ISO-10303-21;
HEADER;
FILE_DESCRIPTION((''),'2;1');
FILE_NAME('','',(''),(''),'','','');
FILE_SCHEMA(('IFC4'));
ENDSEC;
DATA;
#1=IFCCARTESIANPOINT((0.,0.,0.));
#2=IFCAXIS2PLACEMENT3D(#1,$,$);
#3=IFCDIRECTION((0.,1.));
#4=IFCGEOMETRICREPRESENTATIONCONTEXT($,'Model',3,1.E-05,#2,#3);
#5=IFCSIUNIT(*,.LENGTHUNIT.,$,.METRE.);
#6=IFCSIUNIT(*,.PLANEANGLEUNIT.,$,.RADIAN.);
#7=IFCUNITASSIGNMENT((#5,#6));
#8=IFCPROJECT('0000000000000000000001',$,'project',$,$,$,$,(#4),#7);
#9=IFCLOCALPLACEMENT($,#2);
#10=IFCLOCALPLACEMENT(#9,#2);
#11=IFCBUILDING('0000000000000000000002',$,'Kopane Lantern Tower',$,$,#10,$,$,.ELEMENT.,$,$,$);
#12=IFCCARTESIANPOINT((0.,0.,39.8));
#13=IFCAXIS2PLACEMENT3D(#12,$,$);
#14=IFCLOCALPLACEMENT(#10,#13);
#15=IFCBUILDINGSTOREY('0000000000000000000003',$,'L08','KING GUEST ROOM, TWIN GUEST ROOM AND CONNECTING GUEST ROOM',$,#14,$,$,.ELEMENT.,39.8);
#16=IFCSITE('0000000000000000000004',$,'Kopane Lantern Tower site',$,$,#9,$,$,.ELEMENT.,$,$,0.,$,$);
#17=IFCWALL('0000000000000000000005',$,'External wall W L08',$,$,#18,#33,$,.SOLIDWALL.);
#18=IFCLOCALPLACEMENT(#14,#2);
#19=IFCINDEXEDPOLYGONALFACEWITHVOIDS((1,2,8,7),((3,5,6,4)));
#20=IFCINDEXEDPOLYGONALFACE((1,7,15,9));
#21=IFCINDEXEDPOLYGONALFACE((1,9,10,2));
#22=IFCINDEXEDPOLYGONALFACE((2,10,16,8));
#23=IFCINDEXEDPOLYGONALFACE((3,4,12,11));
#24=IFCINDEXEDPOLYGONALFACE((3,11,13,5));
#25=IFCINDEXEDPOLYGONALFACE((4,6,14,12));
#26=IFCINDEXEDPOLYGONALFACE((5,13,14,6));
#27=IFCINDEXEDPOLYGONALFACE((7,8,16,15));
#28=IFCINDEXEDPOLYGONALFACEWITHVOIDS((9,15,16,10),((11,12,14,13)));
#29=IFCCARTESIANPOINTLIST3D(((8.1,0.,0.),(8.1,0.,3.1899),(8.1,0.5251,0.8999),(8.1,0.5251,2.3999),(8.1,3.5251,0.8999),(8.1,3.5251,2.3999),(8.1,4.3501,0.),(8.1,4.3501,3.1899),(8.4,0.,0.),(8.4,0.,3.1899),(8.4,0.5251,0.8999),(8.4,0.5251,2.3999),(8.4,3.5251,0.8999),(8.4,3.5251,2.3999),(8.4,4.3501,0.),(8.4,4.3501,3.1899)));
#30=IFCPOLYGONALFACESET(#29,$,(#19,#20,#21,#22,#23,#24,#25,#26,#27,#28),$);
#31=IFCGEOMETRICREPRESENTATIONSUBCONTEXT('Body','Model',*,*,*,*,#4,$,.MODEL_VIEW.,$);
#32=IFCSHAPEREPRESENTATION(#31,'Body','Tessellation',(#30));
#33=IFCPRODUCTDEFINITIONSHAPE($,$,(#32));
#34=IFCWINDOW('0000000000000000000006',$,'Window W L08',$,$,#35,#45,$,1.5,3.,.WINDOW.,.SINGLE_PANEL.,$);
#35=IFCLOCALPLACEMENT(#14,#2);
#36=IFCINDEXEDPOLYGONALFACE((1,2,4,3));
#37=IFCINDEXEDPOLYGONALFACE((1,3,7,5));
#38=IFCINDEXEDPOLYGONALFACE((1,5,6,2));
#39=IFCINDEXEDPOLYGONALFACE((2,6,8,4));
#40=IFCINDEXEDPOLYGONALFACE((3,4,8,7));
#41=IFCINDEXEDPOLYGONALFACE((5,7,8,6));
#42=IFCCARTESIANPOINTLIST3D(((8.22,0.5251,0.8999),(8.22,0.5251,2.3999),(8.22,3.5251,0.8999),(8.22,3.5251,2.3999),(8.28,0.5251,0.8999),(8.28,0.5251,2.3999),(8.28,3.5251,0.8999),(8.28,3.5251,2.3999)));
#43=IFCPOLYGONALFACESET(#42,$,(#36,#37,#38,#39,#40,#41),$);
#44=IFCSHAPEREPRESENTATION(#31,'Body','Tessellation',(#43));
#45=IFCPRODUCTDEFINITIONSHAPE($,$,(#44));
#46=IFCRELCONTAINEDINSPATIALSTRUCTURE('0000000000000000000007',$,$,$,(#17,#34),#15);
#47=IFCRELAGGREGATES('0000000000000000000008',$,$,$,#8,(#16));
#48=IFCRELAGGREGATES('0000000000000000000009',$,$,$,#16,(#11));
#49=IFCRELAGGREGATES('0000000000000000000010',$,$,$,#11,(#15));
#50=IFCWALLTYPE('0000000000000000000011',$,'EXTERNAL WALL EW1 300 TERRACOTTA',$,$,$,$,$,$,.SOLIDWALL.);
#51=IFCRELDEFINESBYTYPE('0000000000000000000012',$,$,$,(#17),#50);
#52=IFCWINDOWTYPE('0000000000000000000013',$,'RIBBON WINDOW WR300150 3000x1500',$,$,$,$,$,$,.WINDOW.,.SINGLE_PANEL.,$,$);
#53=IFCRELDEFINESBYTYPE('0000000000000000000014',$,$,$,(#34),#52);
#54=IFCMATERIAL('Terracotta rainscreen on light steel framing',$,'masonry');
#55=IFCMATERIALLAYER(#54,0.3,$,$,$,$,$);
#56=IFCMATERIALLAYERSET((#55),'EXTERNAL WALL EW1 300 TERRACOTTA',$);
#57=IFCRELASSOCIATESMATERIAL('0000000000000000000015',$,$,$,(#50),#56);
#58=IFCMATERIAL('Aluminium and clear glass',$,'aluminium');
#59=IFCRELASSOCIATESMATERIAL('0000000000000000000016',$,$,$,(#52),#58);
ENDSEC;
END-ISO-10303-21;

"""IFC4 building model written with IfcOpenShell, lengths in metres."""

from ifc_helpers import new_model, si_unit, direction, frame, frame_2d, origin, place, context, subcontext, project, spatial, rectangle, extrude, material, layer, layer_set, type_object, element, fill, save


model = new_model("IFC4")

# Units and contexts
model_context = context("Model", 3, precision=1e-05, world=origin(), true_north=direction((0.0, 1.0)))
body_context = subcontext(model_context, "Body", "Model", "MODEL_VIEW")
ifc_project = project(units=[si_unit("LENGTHUNIT", "METRE"), si_unit("PLANEANGLEUNIT", "RADIAN")], contexts=[model_context])

# Site, building, storey
site_placement = place(None, origin())
site = spatial("IfcSite", under=ifc_project, at=site_placement, Name="Kopane Lantern Tower site", CompositionType="ELEMENT", RefElevation=0.0)
building_placement = place(site_placement, origin())
building = spatial("IfcBuilding", under=site, at=building_placement, Name="Kopane Lantern Tower", CompositionType="ELEMENT")
storey_placement = place(building_placement, frame((0.0, 0.0, 39.8)))
storey = spatial("IfcBuildingStorey", under=building, at=storey_placement, Name="L08", Description="KING GUEST ROOM, TWIN GUEST ROOM AND CONNECTING GUEST ROOM", CompositionType="ELEMENT", Elevation=39.8)

# Shared definitions
ifc_material_1 = material(Name="Terracotta rainscreen on light steel framing", Category="masonry")
ifc_layer_1 = layer(ifc_material_1, 0.3)
ifc_layer_set_1 = layer_set([ifc_layer_1], Name="EXTERNAL WALL EW1 300 TERRACOTTA")
wall_type_1 = type_object("IfcWallType", Name="EXTERNAL WALL EW1 300 TERRACOTTA", PredefinedType="SOLIDWALL", material=ifc_layer_set_1)

# Wall, opening, window
ifc_material_2 = material(Name="Aluminium and clear glass", Category="aluminium")
window_type_1 = type_object("IfcWindowType", Name="RIBBON WINDOW WR300150 3000x1500", PartitioningType="SINGLE_PANEL", PredefinedType="WINDOW", material=ifc_material_2)
wall_1_placement = place(storey_placement, frame((8.25, 4.3501, 0.0), z_axis=(0.0, 0.0, 1.0), x_axis=(0.0, -1.0, 0.0)))
wall_1 = element("IfcWall", 1, at=wall_1_placement, inside=storey, type_object=wall_type_1, Name="External wall W L08", PredefinedType="SOLIDWALL", context=body_context, shape_type="SweptSolid", body=[
    extrude(rectangle(XDim=4.3501, YDim=0.3, at=frame_2d((2.175, 0.0))), origin(), (0.0, 0.0, 1.0), 3.1899),
])
opening_1_placement = place(wall_1_placement, frame((0.825, 0.0, 0.8999)))
opening_1 = element("IfcOpeningElement", 2, at=opening_1_placement, cuts=wall_1, PredefinedType="OPENING", context=body_context, shape_type="SweptSolid", body=[
    extrude(rectangle(XDim=3.0, YDim=1.5, at=frame_2d((1.5, 0.75))), frame((0.0, 0.1599, 0.0), z_axis=(0.0, -1.0, 0.0), x_axis=(1.0, 0.0, 0.0)), (0.0, 0.0, 1.0), 0.3201),
])
window_1_placement = place(opening_1_placement, origin())
window_1 = element("IfcWindow", 3, at=window_1_placement, inside=storey, type_object=window_type_1, Name="Window W L08", OverallHeight=1.5, OverallWidth=3.0, PartitioningType="SINGLE_PANEL", PredefinedType="WINDOW", context=body_context, shape_type="SweptSolid", body=[
    extrude(rectangle(XDim=3.0, YDim=1.5, at=frame_2d((1.5, 0.75))), frame((0.0, 0.03, 0.0), z_axis=(0.0, -1.0, 0.0), x_axis=(1.0, 0.0, 0.0)), (0.0, 0.0, 1.0), 0.0601),
])
fill(opening_1, window_1)

save(model, "model.ifc")
